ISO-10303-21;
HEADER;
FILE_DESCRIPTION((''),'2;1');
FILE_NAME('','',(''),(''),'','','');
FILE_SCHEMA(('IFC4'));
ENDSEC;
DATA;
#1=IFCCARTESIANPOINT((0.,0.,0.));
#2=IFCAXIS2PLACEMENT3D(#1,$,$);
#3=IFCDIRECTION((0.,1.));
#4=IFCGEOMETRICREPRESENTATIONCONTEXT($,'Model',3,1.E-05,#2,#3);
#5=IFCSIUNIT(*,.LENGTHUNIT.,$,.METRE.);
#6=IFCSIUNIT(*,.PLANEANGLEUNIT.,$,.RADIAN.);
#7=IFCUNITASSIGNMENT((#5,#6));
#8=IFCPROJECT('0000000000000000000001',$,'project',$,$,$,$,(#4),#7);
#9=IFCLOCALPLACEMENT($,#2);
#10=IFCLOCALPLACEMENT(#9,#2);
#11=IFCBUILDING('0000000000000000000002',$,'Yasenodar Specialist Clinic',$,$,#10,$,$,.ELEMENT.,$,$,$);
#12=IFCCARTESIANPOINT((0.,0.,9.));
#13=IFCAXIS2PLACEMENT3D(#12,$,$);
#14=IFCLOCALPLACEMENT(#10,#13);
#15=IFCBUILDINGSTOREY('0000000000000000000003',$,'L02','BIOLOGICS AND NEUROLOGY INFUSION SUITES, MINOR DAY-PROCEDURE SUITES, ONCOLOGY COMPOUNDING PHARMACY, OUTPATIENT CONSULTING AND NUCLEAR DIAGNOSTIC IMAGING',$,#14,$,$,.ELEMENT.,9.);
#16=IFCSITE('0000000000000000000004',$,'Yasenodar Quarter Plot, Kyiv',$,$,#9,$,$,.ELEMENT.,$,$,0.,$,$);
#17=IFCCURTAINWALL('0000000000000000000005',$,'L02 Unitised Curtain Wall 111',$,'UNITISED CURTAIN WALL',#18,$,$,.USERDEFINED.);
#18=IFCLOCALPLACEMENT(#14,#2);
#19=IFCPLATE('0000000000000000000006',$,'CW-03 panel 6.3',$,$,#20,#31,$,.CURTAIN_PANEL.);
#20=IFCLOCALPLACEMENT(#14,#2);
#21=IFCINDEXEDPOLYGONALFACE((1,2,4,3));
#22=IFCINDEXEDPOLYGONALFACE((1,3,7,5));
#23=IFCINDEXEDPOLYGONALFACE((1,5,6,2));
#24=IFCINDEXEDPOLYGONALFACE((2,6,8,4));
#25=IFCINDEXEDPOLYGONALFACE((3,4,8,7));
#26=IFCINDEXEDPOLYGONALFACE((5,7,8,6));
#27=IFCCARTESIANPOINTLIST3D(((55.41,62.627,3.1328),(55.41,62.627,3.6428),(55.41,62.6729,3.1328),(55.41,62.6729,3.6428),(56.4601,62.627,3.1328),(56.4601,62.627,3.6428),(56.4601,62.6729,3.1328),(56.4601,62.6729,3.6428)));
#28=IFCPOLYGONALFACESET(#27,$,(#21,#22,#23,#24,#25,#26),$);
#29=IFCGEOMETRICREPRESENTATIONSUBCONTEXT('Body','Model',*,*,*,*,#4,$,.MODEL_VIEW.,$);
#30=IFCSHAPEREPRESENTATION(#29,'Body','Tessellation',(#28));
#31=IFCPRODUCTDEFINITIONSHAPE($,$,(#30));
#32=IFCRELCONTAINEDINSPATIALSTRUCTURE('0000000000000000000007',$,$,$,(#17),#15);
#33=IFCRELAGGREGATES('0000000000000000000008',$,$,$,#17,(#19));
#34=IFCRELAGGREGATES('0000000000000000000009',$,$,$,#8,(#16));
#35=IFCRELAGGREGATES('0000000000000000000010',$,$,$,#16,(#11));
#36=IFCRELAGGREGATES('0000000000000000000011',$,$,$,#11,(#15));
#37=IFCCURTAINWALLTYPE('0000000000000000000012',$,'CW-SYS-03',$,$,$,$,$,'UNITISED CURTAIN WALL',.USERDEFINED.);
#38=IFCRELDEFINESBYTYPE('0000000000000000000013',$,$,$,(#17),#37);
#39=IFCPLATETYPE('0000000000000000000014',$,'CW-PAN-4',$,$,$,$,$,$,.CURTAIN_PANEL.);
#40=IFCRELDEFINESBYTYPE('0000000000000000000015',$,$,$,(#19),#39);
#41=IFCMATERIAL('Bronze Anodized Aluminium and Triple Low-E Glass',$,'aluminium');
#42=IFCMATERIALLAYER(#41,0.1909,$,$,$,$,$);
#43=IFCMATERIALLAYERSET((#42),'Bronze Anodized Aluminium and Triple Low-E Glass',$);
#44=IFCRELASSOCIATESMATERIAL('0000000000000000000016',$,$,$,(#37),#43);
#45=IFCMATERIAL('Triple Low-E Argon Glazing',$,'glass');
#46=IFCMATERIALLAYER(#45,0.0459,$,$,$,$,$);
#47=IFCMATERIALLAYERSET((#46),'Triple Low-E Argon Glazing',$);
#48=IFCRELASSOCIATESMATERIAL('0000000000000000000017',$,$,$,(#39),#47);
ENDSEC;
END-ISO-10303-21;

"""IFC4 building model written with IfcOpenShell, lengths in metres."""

from ifc_helpers import new_model, si_unit, direction, frame, origin, origin_2d, place, context, subcontext, project, spatial, rectangle, extrude, material, layer, layer_set, type_object, element, aggregate, save


model = new_model("IFC4")

# Units and contexts
model_context = context("Model", 3, precision=1e-05, world=origin(), true_north=direction((0.0, 1.0)))
body_context = subcontext(model_context, "Body", "Model", "MODEL_VIEW")
ifc_project = project(units=[si_unit("LENGTHUNIT", "METRE"), si_unit("PLANEANGLEUNIT", "RADIAN")], contexts=[model_context])

# Site, building, storey
site_placement = place(None, origin())
site = spatial("IfcSite", under=ifc_project, at=site_placement, Name="Yasenodar Quarter Plot, Kyiv", CompositionType="ELEMENT", RefElevation=0.0)
building_placement = place(site_placement, origin())
building = spatial("IfcBuilding", under=site, at=building_placement, Name="Yasenodar Specialist Clinic", CompositionType="ELEMENT")
storey_placement = place(building_placement, frame((0.0, 0.0, 9.0)))
storey = spatial("IfcBuildingStorey", under=building, at=storey_placement, Name="L02", Description="BIOLOGICS AND NEUROLOGY INFUSION SUITES, MINOR DAY-PROCEDURE SUITES, ONCOLOGY COMPOUNDING PHARMACY, OUTPATIENT CONSULTING AND NUCLEAR DIAGNOSTIC IMAGING", CompositionType="ELEMENT", Elevation=9.0)

# Curtain wall, plate
ifc_material_1 = material(Name="Bronze Anodized Aluminium and Triple Low-E Glass", Category="aluminium")
ifc_layer_1 = layer(ifc_material_1, 0.1909)
ifc_layer_set_1 = layer_set([ifc_layer_1], Name="Bronze Anodized Aluminium and Triple Low-E Glass")
curtain_wall_type = type_object("IfcCurtainWallType", Name="CW-SYS-03", ElementType="UNITISED CURTAIN WALL", PredefinedType="USERDEFINED", material=ifc_layer_set_1)
curtain_wall_placement = place(storey_placement, origin())
curtain_wall = element("IfcCurtainWall", 1, at=curtain_wall_placement, inside=storey, type_object=curtain_wall_type, Name="L02 Unitised Curtain Wall 111", ObjectType="UNITISED CURTAIN WALL", PredefinedType="USERDEFINED")
ifc_material_2 = material(Name="Triple Low-E Argon Glazing", Category="glass")
ifc_layer_2 = layer(ifc_material_2, 0.0459)
ifc_layer_set_2 = layer_set([ifc_layer_2], Name="Triple Low-E Argon Glazing")
plate_type = type_object("IfcPlateType", Name="CW-PAN-4", PredefinedType="CURTAIN_PANEL", material=ifc_layer_set_2)
plate_1_placement = place(storey_placement, frame((55.9351, 62.6499, 3.1328), z_axis=(0.0, 0.0, 1.0), x_axis=(1.0, 0.0, 0.0)))
plate_1 = element("IfcPlate", 2, at=plate_1_placement, type_object=plate_type, Name="CW-03 panel 6.3", PredefinedType="CURTAIN_PANEL", context=body_context, shape_type="SweptSolid", body=[
    extrude(rectangle(XDim=1.05, YDim=0.0459, at=origin_2d()), origin(), (0.0, 0.0, 1.0), 0.51),
])
aggregate(curtain_wall, [plate_1])

save(model, "model.ifc")
